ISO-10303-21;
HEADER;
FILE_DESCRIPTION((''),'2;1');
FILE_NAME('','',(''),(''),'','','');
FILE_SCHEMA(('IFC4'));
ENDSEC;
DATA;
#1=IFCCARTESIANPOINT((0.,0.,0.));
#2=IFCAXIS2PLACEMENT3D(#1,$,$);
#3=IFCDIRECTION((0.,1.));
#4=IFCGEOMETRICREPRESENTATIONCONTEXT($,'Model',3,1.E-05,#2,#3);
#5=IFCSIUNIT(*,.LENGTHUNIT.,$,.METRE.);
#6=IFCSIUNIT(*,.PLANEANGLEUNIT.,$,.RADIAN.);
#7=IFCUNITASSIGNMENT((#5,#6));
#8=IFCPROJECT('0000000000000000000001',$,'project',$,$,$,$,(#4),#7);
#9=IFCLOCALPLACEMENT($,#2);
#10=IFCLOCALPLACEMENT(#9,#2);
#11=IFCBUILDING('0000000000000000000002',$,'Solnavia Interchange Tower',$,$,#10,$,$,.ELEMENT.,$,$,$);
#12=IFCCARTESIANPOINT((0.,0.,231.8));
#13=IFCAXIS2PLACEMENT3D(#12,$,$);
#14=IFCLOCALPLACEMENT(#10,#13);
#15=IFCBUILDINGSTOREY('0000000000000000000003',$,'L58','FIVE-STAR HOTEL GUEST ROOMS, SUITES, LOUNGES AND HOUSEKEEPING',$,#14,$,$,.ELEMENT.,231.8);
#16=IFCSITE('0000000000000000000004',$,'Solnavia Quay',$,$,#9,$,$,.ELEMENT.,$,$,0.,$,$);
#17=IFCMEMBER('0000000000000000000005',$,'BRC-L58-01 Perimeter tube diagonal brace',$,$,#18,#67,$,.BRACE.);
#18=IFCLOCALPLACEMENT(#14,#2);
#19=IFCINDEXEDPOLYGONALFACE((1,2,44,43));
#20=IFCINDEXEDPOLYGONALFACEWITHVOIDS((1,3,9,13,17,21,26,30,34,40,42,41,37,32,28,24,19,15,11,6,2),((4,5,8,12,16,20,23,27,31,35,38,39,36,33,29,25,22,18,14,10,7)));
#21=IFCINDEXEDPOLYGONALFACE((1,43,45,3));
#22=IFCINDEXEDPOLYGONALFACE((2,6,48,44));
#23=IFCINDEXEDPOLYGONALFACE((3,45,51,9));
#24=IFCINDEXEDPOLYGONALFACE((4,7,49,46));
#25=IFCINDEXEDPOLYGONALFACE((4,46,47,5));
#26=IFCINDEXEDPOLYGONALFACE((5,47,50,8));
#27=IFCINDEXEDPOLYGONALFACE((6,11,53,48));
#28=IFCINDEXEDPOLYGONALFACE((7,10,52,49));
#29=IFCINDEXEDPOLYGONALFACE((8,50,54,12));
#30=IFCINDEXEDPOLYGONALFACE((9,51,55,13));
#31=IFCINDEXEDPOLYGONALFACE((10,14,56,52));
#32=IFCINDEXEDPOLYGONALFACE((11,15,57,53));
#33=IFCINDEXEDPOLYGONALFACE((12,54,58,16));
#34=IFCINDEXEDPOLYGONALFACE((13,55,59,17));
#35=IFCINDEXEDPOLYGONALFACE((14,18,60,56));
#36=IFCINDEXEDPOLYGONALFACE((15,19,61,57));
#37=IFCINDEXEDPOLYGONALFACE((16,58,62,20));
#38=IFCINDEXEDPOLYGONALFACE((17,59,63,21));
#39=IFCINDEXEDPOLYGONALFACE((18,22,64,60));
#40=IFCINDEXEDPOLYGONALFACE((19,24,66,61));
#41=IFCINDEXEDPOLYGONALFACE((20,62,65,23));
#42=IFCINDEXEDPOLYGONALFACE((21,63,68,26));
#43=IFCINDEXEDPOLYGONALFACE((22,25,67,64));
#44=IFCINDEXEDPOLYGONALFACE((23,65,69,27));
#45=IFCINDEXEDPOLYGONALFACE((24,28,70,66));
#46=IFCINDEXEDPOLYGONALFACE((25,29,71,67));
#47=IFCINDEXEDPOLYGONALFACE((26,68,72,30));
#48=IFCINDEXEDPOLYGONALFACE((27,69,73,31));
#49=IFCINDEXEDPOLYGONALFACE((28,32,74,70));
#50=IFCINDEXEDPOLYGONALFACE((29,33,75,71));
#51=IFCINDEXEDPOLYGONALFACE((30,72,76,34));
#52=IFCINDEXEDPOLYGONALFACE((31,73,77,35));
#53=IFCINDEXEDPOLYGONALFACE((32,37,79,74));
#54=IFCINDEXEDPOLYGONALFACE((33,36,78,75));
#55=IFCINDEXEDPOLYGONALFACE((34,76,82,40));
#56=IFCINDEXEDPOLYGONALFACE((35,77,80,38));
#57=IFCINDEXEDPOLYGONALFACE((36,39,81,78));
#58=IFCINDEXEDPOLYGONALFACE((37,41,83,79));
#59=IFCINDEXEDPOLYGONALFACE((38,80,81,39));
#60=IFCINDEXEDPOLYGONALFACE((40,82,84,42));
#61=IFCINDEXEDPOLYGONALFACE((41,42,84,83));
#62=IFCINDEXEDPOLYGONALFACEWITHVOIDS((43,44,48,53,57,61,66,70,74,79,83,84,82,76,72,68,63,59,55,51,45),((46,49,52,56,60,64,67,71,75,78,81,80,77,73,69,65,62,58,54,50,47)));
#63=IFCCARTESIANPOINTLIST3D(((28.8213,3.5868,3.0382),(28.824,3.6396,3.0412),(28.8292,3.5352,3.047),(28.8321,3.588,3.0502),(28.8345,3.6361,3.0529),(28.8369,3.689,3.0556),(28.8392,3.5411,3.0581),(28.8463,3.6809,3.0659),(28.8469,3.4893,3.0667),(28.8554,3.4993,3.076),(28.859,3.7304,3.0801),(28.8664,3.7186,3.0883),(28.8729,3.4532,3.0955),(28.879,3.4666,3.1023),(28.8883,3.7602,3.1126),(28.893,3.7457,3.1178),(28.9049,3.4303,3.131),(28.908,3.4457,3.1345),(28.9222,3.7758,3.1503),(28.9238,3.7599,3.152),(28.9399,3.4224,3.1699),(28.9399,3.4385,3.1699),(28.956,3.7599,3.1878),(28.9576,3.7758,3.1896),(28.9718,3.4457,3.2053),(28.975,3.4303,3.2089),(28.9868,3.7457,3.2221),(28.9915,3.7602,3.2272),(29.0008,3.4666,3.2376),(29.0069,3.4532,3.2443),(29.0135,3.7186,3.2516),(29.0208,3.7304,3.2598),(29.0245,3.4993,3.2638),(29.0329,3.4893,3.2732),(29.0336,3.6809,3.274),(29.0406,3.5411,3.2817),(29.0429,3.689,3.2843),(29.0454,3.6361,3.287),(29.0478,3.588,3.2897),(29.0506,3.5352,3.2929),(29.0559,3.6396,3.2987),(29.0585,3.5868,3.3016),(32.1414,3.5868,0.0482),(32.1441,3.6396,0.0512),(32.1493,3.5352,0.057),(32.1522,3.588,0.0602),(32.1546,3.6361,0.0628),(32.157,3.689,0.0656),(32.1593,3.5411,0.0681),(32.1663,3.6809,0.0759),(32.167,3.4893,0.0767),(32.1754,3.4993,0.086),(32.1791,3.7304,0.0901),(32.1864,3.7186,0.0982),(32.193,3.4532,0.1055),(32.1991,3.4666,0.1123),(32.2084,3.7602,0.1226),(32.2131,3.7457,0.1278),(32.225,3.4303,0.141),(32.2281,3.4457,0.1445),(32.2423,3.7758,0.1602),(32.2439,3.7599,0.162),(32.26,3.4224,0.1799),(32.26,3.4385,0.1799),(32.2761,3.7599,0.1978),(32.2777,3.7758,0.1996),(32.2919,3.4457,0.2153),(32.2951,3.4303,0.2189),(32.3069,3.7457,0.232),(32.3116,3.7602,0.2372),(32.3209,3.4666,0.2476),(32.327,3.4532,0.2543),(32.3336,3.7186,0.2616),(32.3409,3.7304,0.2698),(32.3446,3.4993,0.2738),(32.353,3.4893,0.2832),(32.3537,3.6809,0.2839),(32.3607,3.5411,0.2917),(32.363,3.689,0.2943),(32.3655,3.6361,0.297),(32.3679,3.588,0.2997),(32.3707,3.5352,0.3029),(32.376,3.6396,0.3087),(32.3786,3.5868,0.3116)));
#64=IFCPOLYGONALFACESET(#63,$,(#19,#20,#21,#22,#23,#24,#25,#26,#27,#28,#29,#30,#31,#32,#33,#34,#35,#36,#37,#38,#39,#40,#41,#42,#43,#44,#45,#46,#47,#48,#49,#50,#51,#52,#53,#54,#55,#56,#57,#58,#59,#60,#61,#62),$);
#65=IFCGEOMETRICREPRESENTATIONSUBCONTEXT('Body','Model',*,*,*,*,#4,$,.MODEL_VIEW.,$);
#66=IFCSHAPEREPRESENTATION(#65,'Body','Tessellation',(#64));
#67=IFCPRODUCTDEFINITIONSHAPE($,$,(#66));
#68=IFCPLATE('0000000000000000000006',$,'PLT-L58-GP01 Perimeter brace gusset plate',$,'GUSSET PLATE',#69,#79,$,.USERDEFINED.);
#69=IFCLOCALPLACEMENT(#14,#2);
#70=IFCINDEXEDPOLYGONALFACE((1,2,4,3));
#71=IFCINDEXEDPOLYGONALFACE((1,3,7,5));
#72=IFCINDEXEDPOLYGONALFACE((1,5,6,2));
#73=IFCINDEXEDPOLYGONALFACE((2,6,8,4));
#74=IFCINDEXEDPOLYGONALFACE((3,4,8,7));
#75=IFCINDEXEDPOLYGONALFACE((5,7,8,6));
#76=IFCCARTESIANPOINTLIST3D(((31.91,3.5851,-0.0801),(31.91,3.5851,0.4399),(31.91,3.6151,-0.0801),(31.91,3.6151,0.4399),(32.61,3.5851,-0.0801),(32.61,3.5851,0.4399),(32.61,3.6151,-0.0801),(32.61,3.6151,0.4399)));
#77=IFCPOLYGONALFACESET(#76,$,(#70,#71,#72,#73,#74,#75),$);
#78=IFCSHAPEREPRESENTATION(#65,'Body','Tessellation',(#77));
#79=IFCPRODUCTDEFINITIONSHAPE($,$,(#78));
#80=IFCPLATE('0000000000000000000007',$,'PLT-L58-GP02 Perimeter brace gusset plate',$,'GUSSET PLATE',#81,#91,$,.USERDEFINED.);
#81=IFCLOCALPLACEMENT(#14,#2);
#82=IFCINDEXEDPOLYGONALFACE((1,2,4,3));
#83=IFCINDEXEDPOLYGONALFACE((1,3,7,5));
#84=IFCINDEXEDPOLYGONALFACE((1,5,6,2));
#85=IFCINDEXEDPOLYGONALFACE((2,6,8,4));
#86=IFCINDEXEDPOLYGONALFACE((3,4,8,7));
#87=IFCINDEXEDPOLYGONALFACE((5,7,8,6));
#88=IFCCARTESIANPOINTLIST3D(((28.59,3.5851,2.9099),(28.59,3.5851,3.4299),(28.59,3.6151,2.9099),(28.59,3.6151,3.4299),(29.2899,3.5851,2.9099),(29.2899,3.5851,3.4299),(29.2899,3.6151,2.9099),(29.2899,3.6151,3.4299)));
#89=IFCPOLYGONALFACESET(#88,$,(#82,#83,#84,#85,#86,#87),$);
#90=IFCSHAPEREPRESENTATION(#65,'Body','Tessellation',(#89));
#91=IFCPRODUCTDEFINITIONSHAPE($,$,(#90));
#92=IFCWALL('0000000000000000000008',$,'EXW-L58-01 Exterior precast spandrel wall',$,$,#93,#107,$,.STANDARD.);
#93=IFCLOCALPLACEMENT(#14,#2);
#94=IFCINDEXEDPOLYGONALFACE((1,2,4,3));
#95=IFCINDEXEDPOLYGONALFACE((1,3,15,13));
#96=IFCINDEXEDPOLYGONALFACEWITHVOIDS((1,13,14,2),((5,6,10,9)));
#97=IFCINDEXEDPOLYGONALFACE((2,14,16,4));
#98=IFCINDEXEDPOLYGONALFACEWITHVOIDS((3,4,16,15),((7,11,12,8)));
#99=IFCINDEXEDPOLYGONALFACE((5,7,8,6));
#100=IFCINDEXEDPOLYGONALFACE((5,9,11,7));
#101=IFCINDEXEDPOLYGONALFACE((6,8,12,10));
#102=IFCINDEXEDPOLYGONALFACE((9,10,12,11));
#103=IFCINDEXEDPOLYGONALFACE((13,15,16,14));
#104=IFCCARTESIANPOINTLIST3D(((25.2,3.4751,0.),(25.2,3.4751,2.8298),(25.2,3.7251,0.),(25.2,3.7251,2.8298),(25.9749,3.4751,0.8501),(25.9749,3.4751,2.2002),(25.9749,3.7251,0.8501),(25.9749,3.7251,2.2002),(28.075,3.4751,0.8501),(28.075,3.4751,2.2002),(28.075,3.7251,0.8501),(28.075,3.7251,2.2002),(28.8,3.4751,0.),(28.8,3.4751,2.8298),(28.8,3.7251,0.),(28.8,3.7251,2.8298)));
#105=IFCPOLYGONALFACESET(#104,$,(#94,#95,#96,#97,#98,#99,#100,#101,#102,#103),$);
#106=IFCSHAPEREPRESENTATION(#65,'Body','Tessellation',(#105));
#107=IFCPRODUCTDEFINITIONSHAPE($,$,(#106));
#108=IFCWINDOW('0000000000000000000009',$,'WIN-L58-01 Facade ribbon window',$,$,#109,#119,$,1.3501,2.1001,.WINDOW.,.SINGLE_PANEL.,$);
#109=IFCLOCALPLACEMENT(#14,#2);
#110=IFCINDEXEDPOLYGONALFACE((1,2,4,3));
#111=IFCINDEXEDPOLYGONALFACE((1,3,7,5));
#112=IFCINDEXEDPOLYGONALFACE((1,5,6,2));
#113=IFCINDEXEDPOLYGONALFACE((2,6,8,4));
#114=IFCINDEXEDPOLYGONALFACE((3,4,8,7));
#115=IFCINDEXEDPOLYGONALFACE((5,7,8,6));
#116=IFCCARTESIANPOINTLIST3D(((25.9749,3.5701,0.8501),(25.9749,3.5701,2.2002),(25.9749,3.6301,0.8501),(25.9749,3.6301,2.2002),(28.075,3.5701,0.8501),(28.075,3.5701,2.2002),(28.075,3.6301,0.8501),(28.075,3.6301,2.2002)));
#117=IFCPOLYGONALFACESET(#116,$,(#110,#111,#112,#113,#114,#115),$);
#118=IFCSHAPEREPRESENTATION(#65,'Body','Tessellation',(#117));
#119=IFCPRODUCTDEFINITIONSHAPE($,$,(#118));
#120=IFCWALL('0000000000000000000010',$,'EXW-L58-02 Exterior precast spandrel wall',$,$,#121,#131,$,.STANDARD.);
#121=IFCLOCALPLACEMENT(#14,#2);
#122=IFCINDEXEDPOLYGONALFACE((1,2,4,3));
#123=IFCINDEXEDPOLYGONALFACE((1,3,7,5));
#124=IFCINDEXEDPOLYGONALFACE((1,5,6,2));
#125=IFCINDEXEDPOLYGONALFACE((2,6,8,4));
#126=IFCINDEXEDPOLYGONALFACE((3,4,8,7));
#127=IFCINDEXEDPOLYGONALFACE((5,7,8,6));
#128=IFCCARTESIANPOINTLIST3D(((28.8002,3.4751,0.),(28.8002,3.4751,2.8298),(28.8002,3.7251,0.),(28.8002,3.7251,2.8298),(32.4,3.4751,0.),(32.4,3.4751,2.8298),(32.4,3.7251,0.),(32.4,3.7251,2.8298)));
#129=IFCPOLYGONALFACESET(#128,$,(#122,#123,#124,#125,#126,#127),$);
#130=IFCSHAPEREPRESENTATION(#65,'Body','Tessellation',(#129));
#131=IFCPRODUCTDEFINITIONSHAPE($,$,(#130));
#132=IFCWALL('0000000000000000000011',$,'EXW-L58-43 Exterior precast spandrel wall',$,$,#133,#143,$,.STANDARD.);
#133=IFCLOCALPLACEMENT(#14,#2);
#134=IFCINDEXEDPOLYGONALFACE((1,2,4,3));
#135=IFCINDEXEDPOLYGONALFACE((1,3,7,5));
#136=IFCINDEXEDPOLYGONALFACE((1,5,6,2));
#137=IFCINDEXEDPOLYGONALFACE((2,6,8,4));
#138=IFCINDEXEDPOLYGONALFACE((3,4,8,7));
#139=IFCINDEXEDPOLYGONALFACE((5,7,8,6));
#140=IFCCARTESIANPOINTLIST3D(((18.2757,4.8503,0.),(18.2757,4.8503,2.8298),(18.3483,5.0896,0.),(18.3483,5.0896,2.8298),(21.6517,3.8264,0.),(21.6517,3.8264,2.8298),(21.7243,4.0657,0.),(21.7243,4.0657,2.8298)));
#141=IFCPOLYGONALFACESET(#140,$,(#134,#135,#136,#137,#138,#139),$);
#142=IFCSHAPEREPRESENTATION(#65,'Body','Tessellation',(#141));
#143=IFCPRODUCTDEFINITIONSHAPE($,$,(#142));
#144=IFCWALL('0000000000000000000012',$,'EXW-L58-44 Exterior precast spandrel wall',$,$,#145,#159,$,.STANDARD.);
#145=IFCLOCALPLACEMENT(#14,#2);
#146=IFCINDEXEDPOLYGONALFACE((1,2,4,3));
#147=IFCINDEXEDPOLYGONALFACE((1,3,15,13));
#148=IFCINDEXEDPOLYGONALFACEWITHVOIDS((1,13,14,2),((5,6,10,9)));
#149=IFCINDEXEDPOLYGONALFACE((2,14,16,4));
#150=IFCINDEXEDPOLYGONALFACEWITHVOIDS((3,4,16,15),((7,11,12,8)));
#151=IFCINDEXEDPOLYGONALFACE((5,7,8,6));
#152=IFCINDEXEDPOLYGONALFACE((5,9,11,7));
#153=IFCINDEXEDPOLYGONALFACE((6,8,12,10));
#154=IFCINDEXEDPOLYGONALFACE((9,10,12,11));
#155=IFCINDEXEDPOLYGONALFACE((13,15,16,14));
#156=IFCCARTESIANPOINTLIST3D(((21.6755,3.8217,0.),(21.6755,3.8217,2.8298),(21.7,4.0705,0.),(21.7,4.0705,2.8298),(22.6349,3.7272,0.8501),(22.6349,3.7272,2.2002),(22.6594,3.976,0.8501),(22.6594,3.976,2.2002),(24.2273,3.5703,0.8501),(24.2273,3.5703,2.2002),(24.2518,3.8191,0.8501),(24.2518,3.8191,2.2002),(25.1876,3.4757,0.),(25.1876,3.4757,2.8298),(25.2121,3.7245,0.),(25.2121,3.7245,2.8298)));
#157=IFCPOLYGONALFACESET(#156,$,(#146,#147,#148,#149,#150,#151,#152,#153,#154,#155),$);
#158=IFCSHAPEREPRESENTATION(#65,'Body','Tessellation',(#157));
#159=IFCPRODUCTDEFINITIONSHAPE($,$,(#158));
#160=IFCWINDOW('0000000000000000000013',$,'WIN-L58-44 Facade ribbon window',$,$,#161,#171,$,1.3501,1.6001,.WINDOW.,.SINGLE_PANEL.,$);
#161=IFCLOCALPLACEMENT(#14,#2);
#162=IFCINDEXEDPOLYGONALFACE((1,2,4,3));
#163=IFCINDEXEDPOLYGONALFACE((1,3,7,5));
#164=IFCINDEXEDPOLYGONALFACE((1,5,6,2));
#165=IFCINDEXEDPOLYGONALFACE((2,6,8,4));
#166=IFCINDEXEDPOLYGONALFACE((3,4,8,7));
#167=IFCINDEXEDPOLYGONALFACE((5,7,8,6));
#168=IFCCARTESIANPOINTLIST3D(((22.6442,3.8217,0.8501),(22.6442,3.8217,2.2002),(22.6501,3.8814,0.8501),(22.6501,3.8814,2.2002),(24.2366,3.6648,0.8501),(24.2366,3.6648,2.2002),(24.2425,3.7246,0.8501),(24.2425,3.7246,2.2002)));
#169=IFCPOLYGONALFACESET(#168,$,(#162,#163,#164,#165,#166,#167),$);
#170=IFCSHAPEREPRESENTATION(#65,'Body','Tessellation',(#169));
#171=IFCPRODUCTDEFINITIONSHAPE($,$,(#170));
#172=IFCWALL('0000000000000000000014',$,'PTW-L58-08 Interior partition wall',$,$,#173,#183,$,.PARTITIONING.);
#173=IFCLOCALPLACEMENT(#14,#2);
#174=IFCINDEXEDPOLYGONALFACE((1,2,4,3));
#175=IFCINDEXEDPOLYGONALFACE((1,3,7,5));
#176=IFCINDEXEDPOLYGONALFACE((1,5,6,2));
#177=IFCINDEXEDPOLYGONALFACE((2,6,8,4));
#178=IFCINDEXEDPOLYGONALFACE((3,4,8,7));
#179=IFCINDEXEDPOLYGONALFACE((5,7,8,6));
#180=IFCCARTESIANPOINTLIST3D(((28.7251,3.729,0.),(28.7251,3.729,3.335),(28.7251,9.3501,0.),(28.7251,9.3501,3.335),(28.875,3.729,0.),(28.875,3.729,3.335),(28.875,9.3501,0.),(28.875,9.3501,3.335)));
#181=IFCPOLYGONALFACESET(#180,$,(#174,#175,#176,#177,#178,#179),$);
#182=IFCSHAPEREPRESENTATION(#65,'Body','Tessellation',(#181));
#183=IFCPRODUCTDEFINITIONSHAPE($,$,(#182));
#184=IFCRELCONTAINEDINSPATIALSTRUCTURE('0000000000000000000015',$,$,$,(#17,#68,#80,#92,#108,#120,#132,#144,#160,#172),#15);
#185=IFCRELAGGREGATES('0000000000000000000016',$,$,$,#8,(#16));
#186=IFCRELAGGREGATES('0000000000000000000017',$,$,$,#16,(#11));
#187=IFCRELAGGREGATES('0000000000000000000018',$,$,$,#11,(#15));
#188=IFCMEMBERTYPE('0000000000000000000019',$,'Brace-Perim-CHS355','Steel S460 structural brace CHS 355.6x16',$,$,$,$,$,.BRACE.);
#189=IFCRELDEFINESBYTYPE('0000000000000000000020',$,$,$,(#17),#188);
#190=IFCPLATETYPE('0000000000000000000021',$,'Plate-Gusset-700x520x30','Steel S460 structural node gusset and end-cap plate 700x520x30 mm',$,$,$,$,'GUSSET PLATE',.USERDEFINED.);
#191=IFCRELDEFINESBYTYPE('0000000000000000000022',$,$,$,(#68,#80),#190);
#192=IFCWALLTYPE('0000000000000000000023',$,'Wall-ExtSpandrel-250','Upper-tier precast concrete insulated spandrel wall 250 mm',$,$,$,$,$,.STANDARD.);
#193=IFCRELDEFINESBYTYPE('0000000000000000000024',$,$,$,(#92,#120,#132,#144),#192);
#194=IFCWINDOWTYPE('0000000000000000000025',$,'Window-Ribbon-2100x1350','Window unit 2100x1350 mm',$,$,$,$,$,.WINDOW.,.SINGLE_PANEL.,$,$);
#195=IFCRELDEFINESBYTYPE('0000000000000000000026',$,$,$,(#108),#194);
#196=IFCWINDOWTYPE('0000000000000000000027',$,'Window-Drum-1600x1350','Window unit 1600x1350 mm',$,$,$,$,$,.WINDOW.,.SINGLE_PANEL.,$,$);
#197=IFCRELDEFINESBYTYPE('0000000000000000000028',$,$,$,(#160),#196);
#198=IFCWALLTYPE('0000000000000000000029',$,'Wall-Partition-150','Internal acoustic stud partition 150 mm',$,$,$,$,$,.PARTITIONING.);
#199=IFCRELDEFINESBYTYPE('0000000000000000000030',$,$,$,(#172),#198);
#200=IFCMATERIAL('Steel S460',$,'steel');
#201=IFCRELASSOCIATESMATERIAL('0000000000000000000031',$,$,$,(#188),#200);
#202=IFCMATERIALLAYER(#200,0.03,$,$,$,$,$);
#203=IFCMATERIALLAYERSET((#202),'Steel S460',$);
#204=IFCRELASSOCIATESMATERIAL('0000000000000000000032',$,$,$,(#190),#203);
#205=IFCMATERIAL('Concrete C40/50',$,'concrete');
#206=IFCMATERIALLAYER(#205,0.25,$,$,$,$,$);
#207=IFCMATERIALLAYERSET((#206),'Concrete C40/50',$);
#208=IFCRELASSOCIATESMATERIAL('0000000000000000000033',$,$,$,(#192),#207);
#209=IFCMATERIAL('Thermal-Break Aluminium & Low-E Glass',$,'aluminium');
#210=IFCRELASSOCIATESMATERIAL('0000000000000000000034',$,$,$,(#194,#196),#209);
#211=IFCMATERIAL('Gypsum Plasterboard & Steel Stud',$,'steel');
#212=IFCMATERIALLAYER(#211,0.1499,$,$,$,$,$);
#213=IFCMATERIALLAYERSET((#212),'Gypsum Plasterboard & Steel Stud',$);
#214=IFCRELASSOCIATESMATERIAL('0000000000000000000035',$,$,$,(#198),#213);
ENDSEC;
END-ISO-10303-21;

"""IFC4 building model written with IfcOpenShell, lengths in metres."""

from ifc_helpers import new_model, si_unit, direction, frame, frame_2d, origin, origin_2d, place, context, subcontext, project, spatial, rectangle, hollow_circle, extrude, material, layer, layer_set, material_profile, profile_set, type_object, element, fill, save


model = new_model("IFC4")

# Units and contexts
model_context = context("Model", 3, precision=1e-05, world=origin(), true_north=direction((0.0, 1.0)))
body_context = subcontext(model_context, "Body", "Model", "MODEL_VIEW")
ifc_project = project(units=[si_unit("LENGTHUNIT", "METRE"), si_unit("PLANEANGLEUNIT", "RADIAN")], contexts=[model_context])

# Site, building, storey
site_placement = place(None, origin())
site = spatial("IfcSite", under=ifc_project, at=site_placement, Name="Solnavia Quay", CompositionType="ELEMENT", RefElevation=0.0)
building_placement = place(site_placement, origin())
building = spatial("IfcBuilding", under=site, at=building_placement, Name="Solnavia Interchange Tower", CompositionType="ELEMENT")
storey_placement = place(building_placement, frame((0.0, 0.0, 231.8)))
storey = spatial("IfcBuildingStorey", under=building, at=storey_placement, Name="L58", Description="FIVE-STAR HOTEL GUEST ROOMS, SUITES, LOUNGES AND HOUSEKEEPING", CompositionType="ELEMENT", Elevation=231.8)

# Member
ifc_material_1 = material(Name="Steel S460", Category="steel")
ifc_material_profile_1 = material_profile(ifc_material_1, hollow_circle(Radius=0.1777, WallThickness=0.0161, at=origin_2d()), Name="CHS 355.6x16")
ifc_profile_set_1 = profile_set([ifc_material_profile_1], Name="Steel S460")
member_type = type_object("IfcMemberType", Name="Brace-Perim-CHS355", Description="Steel S460 structural brace CHS 355.6x16", PredefinedType="BRACE", material=ifc_profile_set_1)
member_placement = place(storey_placement, frame((32.26, 3.6001, 0.1799), z_axis=(-0.743079, 0.0, 0.669203), x_axis=(0.0, -1.0, 0.0)))
element("IfcMember", 1, at=member_placement, inside=storey, type_object=member_type, Name="BRC-L58-01 Perimeter tube diagonal brace", PredefinedType="BRACE", context=body_context, shape_type="SweptSolid", body=[
    extrude(hollow_circle(Radius=0.1777, WallThickness=0.0161, at=origin_2d()), origin(), (0.0, 0.0, 1.0), 4.468),
])

# Plates
ifc_layer_1 = layer(ifc_material_1, 0.03)
ifc_layer_set_1 = layer_set([ifc_layer_1], Name="Steel S460")
plate_type = type_object("IfcPlateType", Name="Plate-Gusset-700x520x30", Description="Steel S460 structural node gusset and end-cap plate 700x520x30 mm", ElementType="GUSSET PLATE", PredefinedType="USERDEFINED", material=ifc_layer_set_1)
for number, where, z_axis, x_axis, name in (
    (2, (32.26, 3.6001, -0.0801), (0.0, 0.0, 1.0), (-1.0, 0.0, 0.0), "PLT-L58-GP01 Perimeter brace gusset plate"),
    (3, (28.9399, 3.6001, 2.9099), (0.0, 0.0, 1.0), (-1.0, 0.0, 0.0), "PLT-L58-GP02 Perimeter brace gusset plate"),
):
    element("IfcPlate", number, at=place(storey_placement, frame(where, z_axis=z_axis, x_axis=x_axis)), inside=storey, type_object=plate_type, Name=name, ObjectType="GUSSET PLATE", PredefinedType="USERDEFINED", context=body_context, shape_type="SweptSolid", body=[
        extrude(rectangle(XDim=0.7, YDim=0.03, at=origin_2d()), origin(), (0.0, 0.0, 1.0), 0.52),
    ])

# Wall, opening, window
ifc_material_2 = material(Name="Concrete C40/50", Category="concrete")
ifc_layer_2 = layer(ifc_material_2, 0.25)
ifc_layer_set_2 = layer_set([ifc_layer_2], Name="Concrete C40/50")
wall_type_1 = type_object("IfcWallType", Name="Wall-ExtSpandrel-250", Description="Upper-tier precast concrete insulated spandrel wall 250 mm", PredefinedType="STANDARD", material=ifc_layer_set_2)
wall_1_placement = place(storey_placement, frame((28.8, 3.6001, 0.0), z_axis=(0.0, 0.0, 1.0), x_axis=(-1.0, 0.0, 0.0)))
wall_1 = element("IfcWall", 4, at=wall_1_placement, inside=storey, type_object=wall_type_1, Name="EXW-L58-01 Exterior precast spandrel wall", PredefinedType="STANDARD", context=body_context, shape_type="SweptSolid", body=[
    extrude(rectangle(XDim=3.6001, YDim=0.25, at=frame_2d((1.8, 0.0))), origin(), (0.0, 0.0, 1.0), 2.8298),
])
opening_1_placement = place(wall_1_placement, frame((0.7251, 0.0, 0.8501)))
opening_1 = element("IfcOpeningElement", 5, at=opening_1_placement, cuts=wall_1, PredefinedType="OPENING", context=body_context, shape_type="SweptSolid", body=[
    extrude(rectangle(XDim=2.1001, YDim=1.3501, at=frame_2d((1.05, 0.675))), frame((0.0, 0.135, 0.0), z_axis=(0.0, -1.0, 0.0), x_axis=(1.0, 0.0, 0.0)), (0.0, 0.0, 1.0), 0.27),
])
ifc_material_3 = material(Name="Thermal-Break Aluminium & Low-E Glass", Category="aluminium")
window_type_1 = type_object("IfcWindowType", Name="Window-Ribbon-2100x1350", Description="Window unit 2100x1350 mm", PartitioningType="SINGLE_PANEL", PredefinedType="WINDOW", material=ifc_material_3)
window_1_placement = place(opening_1_placement, origin())
window_1 = element("IfcWindow", 6, at=window_1_placement, inside=storey, type_object=window_type_1, Name="WIN-L58-01 Facade ribbon window", OverallHeight=1.3501, OverallWidth=2.1001, PartitioningType="SINGLE_PANEL", PredefinedType="WINDOW", context=body_context, shape_type="SweptSolid", body=[
    extrude(rectangle(XDim=2.1001, YDim=1.3501, at=frame_2d((1.05, 0.675))), frame((0.0, 0.03, 0.0), z_axis=(0.0, -1.0, 0.0), x_axis=(1.0, 0.0, 0.0)), (0.0, 0.0, 1.0), 0.0601),
])
fill(opening_1, window_1)

# Walls
wall_2_placement = place(storey_placement, frame((32.3999, 3.6001, 0.0), z_axis=(0.0, 0.0, 1.0), x_axis=(-1.0, 0.0, 0.0)))
element("IfcWall", 7, at=wall_2_placement, inside=storey, type_object=wall_type_1, Name="EXW-L58-02 Exterior precast spandrel wall", PredefinedType="STANDARD", context=body_context, shape_type="SweptSolid", body=[
    extrude(rectangle(XDim=3.5999, YDim=0.25, at=frame_2d((1.7998, 0.0))), origin(), (0.0, 0.0, 1.0), 2.8298),
])
wall_3_placement = place(storey_placement, frame((21.688, 3.946, 0.0), z_axis=(0.0, 0.0, 1.0), x_axis=(-0.956953, 0.290242, 0.0)))
element("IfcWall", 8, at=wall_3_placement, inside=storey, type_object=wall_type_1, Name="EXW-L58-43 Exterior precast spandrel wall", PredefinedType="STANDARD", context=body_context, shape_type="SweptSolid", body=[
    extrude(rectangle(XDim=3.5278, YDim=0.25, at=frame_2d((1.7639, 0.0))), origin(), (0.0, 0.0, 1.0), 2.8298),
])

# Wall, opening, window
wall_4_placement = place(storey_placement, frame((25.2, 3.6001, 0.0), z_axis=(0.0, 0.0, 1.0), x_axis=(-0.995183, 0.098031, 0.0)))
wall_4 = element("IfcWall", 9, at=wall_4_placement, inside=storey, type_object=wall_type_1, Name="EXW-L58-44 Exterior precast spandrel wall", PredefinedType="STANDARD", context=body_context, shape_type="SweptSolid", body=[
    extrude(rectangle(XDim=3.5291, YDim=0.25, at=frame_2d((1.7646, 0.0))), origin(), (0.0, 0.0, 1.0), 2.8298),
])
opening_2_placement = place(wall_4_placement, frame((0.9651, 0.0, 0.8501)))
opening_2 = element("IfcOpeningElement", 10, at=opening_2_placement, cuts=wall_4, PredefinedType="OPENING", context=body_context, shape_type="SweptSolid", body=[
    extrude(rectangle(XDim=1.6001, YDim=1.3501, at=frame_2d((0.8, 0.675))), frame((0.0, 0.135, 0.0), z_axis=(0.0, -1.0, 0.0), x_axis=(1.0, 0.0, 0.0)), (0.0, 0.0, 1.0), 0.27),
])
window_type_2 = type_object("IfcWindowType", Name="Window-Drum-1600x1350", Description="Window unit 1600x1350 mm", PartitioningType="SINGLE_PANEL", PredefinedType="WINDOW", material=ifc_material_3)
window_2_placement = place(opening_2_placement, origin())
window_2 = element("IfcWindow", 11, at=window_2_placement, inside=storey, type_object=window_type_2, Name="WIN-L58-44 Facade ribbon window", OverallHeight=1.3501, OverallWidth=1.6001, PartitioningType="SINGLE_PANEL", PredefinedType="WINDOW", context=body_context, shape_type="SweptSolid", body=[
    extrude(rectangle(XDim=1.6001, YDim=1.3501, at=frame_2d((0.8, 0.675))), frame((0.0, 0.03, 0.0), z_axis=(0.0, -1.0, 0.0), x_axis=(1.0, 0.0, 0.0)), (0.0, 0.0, 1.0), 0.0601),
])
fill(opening_2, window_2)

# Wall
ifc_material_4 = material(Name="Gypsum Plasterboard & Steel Stud", Category="steel")
ifc_layer_3 = layer(ifc_material_4, 0.1499)
ifc_layer_set_3 = layer_set([ifc_layer_3], Name="Gypsum Plasterboard & Steel Stud")
wall_type_2 = type_object("IfcWallType", Name="Wall-Partition-150", Description="Internal acoustic stud partition 150 mm", PredefinedType="PARTITIONING", material=ifc_layer_set_3)
wall_5_placement = place(storey_placement, frame((28.8, 9.3501, 0.0), z_axis=(0.0, 0.0, 1.0), x_axis=(0.0, -1.0, 0.0)))
element("IfcWall", 12, at=wall_5_placement, inside=storey, type_object=wall_type_2, Name="PTW-L58-08 Interior partition wall", PredefinedType="PARTITIONING", context=body_context, shape_type="SweptSolid", body=[
    extrude(rectangle(XDim=5.6211, YDim=0.1499, at=frame_2d((2.8105, 0.0))), origin(), (0.0, 0.0, 1.0), 3.335),
])

save(model, "model.ifc")
